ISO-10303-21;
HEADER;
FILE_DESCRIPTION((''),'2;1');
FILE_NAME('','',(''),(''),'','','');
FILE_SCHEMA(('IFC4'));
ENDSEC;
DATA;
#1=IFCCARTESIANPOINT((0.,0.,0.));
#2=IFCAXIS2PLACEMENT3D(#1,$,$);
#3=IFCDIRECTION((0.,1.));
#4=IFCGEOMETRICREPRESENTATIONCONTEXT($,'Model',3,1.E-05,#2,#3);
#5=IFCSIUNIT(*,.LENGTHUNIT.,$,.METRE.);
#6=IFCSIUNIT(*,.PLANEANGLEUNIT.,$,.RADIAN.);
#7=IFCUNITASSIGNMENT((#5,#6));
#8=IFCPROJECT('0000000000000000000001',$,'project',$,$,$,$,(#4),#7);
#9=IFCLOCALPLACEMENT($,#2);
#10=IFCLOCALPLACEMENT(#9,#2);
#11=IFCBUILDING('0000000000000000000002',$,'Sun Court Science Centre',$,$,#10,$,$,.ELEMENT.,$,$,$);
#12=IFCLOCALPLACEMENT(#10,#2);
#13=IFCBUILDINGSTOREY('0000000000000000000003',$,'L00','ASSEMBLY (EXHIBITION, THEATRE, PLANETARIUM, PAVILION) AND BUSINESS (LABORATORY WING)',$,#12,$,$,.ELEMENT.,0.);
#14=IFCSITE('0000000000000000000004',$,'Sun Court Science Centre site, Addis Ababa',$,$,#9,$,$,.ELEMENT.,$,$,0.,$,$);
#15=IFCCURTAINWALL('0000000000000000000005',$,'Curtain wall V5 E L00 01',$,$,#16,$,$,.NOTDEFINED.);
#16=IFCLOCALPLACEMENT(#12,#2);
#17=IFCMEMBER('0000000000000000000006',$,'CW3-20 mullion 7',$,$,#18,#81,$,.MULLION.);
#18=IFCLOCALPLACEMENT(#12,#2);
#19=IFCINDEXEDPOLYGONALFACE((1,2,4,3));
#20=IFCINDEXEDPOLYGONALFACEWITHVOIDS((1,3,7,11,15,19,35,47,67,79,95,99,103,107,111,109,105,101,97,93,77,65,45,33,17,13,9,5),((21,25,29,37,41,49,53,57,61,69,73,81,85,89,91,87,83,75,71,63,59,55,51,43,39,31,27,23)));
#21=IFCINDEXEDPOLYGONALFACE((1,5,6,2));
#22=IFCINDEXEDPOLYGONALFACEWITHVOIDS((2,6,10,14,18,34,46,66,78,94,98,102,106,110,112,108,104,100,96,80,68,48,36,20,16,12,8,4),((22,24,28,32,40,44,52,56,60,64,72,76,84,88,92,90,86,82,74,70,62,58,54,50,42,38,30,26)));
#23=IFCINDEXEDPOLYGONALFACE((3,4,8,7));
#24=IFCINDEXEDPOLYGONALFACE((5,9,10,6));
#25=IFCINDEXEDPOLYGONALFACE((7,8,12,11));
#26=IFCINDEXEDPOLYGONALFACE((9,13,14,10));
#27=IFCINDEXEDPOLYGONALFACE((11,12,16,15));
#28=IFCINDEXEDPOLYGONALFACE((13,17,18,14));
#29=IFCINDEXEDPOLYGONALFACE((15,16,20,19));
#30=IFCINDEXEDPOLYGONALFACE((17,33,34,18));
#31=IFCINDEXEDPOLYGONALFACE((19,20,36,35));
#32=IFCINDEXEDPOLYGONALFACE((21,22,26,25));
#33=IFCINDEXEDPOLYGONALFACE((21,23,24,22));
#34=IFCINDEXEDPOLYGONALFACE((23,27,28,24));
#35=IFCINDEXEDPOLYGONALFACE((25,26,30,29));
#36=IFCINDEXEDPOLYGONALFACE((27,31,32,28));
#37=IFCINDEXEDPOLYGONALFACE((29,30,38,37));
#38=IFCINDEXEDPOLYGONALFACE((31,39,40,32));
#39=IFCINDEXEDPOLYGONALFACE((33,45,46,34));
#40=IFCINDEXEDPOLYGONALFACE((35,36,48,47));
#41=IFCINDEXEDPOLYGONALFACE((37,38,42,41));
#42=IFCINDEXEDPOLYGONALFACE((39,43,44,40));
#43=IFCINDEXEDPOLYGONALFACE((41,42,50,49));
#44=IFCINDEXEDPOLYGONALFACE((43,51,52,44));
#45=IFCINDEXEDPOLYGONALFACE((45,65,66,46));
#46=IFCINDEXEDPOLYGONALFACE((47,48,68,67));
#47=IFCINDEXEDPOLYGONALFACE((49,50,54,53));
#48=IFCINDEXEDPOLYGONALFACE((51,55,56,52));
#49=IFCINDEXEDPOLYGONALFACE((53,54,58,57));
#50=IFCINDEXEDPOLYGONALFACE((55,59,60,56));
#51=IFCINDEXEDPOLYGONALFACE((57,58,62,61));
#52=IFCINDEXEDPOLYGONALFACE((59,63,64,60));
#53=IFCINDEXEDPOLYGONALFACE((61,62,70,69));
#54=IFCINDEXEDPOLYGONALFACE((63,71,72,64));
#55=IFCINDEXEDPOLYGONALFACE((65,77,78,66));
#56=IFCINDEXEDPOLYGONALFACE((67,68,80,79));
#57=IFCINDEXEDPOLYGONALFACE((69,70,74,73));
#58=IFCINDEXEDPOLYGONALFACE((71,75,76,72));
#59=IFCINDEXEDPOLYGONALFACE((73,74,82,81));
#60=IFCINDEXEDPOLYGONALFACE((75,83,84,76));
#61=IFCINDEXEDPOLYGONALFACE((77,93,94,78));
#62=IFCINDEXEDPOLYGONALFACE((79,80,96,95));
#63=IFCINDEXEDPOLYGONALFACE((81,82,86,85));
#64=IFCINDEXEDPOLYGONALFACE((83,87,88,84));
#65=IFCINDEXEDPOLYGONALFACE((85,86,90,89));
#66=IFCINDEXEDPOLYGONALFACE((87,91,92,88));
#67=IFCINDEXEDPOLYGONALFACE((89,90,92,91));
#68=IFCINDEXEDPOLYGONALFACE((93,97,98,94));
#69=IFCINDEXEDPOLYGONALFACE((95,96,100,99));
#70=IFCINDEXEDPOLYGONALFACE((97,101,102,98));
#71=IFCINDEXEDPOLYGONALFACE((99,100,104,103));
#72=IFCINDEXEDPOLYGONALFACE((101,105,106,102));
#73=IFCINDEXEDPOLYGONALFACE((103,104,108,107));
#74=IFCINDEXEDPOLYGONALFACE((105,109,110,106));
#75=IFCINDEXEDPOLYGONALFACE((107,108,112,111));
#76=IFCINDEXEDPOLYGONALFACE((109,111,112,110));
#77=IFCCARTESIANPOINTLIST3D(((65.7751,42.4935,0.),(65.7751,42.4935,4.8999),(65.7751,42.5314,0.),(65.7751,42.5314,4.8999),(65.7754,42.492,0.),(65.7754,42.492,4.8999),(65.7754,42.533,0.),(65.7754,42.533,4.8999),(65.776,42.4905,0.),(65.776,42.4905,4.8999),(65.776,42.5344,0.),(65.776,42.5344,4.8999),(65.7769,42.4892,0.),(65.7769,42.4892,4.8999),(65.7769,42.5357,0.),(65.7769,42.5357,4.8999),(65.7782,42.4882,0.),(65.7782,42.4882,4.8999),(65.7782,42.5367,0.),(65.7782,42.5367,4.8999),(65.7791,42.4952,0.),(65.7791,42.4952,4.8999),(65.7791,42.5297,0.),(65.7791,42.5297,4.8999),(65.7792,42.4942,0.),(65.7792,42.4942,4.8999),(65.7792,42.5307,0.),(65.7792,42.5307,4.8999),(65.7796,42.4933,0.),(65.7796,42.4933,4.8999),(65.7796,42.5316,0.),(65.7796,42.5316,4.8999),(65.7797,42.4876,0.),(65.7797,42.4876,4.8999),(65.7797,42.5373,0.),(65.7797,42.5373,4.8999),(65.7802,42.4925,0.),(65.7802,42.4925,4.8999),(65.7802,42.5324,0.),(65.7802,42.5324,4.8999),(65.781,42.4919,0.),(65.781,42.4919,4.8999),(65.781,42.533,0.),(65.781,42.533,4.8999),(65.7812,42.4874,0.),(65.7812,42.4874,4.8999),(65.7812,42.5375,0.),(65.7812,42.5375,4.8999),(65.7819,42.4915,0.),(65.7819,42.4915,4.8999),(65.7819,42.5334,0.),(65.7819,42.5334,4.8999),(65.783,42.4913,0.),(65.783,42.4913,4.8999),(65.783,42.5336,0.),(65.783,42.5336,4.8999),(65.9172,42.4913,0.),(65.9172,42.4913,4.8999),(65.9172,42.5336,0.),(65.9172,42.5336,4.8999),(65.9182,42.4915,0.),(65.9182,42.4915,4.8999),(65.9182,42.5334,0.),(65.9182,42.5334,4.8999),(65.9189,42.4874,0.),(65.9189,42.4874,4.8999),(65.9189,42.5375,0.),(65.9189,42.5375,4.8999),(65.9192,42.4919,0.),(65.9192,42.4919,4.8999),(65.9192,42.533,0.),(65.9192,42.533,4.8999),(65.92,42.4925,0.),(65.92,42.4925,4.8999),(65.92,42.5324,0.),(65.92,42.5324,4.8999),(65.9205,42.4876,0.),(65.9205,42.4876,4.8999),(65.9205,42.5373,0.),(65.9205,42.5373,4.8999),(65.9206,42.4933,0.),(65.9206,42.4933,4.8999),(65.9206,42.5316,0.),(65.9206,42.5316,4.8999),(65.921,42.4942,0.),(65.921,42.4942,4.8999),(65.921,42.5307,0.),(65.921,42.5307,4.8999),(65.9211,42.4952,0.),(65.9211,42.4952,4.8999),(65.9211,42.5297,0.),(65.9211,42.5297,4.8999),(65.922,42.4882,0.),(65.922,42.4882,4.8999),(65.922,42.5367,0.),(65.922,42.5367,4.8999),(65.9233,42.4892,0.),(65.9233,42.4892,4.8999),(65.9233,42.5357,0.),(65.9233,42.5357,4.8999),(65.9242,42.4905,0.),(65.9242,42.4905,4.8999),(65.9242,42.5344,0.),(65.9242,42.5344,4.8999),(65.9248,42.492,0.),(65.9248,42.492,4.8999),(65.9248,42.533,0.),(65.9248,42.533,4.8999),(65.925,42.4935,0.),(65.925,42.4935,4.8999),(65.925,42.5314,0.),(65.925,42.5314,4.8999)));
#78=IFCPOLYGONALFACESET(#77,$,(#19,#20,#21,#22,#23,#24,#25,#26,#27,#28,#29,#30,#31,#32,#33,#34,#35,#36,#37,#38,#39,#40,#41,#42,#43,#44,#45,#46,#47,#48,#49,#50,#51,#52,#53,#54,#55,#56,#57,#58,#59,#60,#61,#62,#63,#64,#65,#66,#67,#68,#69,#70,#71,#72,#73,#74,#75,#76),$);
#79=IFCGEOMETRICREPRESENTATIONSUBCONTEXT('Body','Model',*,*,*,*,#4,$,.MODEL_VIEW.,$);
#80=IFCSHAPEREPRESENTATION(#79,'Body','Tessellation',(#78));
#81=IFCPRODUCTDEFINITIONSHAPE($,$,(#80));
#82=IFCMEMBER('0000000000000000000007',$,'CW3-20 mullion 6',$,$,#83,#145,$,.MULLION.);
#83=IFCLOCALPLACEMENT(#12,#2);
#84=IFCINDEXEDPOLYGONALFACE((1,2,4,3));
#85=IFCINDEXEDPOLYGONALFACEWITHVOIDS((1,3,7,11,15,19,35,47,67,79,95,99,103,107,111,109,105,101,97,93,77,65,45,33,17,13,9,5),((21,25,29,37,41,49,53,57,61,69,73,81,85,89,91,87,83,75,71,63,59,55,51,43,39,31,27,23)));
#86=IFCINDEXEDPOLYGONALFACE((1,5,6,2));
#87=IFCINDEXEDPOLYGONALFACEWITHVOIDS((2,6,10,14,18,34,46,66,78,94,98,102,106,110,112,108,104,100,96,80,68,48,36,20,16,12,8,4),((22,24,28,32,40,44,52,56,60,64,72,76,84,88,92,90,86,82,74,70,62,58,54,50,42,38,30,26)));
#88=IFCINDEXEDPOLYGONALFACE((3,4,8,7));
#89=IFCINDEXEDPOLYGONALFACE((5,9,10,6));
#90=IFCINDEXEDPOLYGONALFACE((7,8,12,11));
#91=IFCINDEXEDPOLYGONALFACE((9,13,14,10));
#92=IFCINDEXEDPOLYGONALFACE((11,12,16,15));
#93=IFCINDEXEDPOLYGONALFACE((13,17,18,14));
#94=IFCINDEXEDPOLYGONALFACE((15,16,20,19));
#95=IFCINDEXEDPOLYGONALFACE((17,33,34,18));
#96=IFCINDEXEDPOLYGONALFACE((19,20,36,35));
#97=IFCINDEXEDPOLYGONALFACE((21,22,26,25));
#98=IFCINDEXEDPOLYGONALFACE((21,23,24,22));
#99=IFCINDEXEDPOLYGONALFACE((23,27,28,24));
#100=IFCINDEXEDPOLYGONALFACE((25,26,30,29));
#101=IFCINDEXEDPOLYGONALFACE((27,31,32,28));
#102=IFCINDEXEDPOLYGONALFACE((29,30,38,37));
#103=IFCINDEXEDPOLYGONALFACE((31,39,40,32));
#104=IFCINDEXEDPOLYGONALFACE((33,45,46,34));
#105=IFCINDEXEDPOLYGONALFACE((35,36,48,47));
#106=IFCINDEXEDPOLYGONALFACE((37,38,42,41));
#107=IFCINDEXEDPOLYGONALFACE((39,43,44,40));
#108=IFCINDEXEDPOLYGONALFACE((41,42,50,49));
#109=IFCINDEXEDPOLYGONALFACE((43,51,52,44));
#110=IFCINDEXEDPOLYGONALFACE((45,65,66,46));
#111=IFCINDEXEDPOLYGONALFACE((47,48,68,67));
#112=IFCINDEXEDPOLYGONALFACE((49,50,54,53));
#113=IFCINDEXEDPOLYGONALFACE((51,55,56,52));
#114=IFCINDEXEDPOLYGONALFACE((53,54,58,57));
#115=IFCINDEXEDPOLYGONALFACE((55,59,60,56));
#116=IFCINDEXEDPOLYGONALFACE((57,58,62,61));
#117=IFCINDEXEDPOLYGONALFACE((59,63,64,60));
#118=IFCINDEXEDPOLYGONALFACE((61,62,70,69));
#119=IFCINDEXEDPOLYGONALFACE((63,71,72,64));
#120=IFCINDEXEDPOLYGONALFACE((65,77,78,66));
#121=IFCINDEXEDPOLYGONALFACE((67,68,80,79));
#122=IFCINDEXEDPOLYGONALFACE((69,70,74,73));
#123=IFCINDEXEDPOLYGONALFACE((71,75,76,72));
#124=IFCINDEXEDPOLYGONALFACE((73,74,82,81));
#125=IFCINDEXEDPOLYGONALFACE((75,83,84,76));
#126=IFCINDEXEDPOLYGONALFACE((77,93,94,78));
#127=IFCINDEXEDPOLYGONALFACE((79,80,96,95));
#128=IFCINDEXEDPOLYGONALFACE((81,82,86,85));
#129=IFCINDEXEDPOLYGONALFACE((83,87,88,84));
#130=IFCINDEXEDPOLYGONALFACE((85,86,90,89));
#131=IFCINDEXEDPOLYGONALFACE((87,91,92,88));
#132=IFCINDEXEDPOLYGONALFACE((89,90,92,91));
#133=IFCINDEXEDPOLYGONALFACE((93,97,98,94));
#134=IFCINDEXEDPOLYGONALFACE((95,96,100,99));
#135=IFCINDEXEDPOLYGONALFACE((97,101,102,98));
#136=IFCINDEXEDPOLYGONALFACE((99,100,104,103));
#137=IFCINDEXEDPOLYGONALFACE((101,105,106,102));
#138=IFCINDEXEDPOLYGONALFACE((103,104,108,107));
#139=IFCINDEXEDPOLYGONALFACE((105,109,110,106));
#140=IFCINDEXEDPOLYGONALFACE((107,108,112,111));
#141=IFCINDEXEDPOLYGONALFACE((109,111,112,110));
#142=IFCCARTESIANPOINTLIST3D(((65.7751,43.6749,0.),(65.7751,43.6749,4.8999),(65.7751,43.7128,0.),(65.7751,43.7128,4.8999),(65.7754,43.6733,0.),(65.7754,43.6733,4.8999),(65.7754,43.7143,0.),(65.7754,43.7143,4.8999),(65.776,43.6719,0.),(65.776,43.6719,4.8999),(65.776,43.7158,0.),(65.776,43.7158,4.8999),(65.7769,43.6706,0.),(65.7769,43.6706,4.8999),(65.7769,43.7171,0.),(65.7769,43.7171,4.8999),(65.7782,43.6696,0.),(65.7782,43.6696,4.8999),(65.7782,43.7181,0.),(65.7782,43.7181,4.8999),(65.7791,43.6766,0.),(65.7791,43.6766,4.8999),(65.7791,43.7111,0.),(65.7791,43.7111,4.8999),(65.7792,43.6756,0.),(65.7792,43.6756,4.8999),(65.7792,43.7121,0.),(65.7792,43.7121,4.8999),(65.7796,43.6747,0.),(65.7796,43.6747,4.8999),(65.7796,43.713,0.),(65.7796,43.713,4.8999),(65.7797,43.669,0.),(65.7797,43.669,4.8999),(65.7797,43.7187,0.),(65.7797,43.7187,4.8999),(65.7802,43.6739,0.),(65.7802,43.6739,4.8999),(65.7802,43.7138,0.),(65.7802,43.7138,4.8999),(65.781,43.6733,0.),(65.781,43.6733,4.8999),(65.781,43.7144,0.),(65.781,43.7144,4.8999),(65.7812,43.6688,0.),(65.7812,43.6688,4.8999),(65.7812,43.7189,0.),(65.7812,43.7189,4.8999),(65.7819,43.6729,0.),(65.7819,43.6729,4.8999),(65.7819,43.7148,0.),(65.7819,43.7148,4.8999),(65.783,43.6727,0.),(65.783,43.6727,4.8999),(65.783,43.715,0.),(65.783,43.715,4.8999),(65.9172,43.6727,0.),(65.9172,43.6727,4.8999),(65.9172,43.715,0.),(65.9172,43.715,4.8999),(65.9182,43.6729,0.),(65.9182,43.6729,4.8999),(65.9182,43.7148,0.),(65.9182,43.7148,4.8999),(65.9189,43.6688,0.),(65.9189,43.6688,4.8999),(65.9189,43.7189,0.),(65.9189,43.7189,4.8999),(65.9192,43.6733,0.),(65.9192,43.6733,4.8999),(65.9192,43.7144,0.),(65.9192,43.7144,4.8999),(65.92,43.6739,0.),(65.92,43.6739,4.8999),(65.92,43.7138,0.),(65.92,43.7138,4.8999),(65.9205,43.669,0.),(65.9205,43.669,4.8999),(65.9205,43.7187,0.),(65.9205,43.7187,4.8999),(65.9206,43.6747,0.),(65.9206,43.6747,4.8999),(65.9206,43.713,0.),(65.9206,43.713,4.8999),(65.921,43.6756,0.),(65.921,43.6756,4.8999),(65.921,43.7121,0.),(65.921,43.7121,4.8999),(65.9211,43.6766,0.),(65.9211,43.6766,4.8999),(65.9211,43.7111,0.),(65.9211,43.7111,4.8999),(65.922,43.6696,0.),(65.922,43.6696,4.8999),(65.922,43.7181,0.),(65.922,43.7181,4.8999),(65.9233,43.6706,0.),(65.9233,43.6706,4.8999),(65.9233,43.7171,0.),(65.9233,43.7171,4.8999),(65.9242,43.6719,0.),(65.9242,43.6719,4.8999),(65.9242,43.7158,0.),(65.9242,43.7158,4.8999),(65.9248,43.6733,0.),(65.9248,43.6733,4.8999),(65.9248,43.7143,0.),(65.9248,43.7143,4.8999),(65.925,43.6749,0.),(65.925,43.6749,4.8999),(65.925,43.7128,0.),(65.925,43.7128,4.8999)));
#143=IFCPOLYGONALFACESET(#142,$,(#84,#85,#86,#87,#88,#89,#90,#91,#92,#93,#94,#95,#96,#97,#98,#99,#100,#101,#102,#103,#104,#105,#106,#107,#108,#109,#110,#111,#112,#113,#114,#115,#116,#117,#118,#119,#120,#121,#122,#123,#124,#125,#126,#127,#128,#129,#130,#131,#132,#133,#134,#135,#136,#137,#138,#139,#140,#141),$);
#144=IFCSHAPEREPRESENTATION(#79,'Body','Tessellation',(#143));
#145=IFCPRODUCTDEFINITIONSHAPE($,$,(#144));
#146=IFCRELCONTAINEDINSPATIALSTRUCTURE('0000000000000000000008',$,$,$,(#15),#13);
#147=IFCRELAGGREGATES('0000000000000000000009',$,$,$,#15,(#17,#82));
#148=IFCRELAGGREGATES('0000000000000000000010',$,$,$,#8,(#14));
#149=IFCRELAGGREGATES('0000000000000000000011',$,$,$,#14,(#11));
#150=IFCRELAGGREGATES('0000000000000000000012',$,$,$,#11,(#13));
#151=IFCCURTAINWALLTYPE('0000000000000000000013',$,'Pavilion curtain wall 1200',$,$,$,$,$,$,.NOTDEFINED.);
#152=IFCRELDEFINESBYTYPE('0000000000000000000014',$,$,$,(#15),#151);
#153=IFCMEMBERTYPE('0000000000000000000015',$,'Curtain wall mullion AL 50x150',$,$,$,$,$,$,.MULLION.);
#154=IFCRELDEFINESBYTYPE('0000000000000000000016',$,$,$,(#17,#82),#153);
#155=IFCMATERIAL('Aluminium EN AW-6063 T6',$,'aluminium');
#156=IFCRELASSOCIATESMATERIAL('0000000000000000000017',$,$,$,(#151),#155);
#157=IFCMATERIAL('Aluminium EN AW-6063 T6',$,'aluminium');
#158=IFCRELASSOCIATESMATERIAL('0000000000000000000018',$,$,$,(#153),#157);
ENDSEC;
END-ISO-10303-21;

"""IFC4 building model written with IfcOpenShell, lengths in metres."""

from ifc_helpers import new_model, si_unit, direction, frame, origin, origin_2d, place, context, subcontext, project, spatial, hollow_rectangle, extrude, material, material_profile, profile_set, type_object, element, aggregate, save


model = new_model("IFC4")

# Units and contexts
model_context = context("Model", 3, precision=1e-05, world=origin(), true_north=direction((0.0, 1.0)))
body_context = subcontext(model_context, "Body", "Model", "MODEL_VIEW")
ifc_project = project(units=[si_unit("LENGTHUNIT", "METRE"), si_unit("PLANEANGLEUNIT", "RADIAN")], contexts=[model_context])

# Site, building, storey
site_placement = place(None, origin())
site = spatial("IfcSite", under=ifc_project, at=site_placement, Name="Sun Court Science Centre site, Addis Ababa", CompositionType="ELEMENT", RefElevation=0.0)
building_placement = place(site_placement, origin())
building = spatial("IfcBuilding", under=site, at=building_placement, Name="Sun Court Science Centre", CompositionType="ELEMENT")
storey_placement = place(building_placement, origin())
storey = spatial("IfcBuildingStorey", under=building, at=storey_placement, Name="L00", Description="ASSEMBLY (EXHIBITION, THEATRE, PLANETARIUM, PAVILION) AND BUSINESS (LABORATORY WING)", CompositionType="ELEMENT", Elevation=0.0)

# Curtain wall, members
ifc_material_1 = material(Name="Aluminium EN AW-6063 T6", Category="aluminium")
curtain_wall_type = type_object("IfcCurtainWallType", Name="Pavilion curtain wall 1200", PredefinedType="NOTDEFINED", material=ifc_material_1)
curtain_wall_placement = place(storey_placement, origin())
curtain_wall = element("IfcCurtainWall", 1, at=curtain_wall_placement, inside=storey, type_object=curtain_wall_type, Name="Curtain wall V5 E L00 01", PredefinedType="NOTDEFINED")
ifc_material_2 = material(Name="Aluminium EN AW-6063 T6", Category="aluminium")
ifc_material_profile_1 = material_profile(ifc_material_2, hollow_rectangle(XDim=0.05, YDim=0.1499, WallThickness=0.0039, InnerFilletRadius=0.0039, OuterFilletRadius=0.0061, at=origin_2d()), Name="AL 50x150x4")
ifc_profile_set_1 = profile_set([ifc_material_profile_1], Name="Aluminium EN AW-6063 T6")
member_type_1 = type_object("IfcMemberType", Name="Curtain wall mullion AL 50x150", PredefinedType="MULLION", material=ifc_profile_set_1)
member_1_placement = place(storey_placement, frame((65.8501, 42.5125, 0.0), z_axis=(0.0, 0.0, 1.0), x_axis=(0.0, -1.0, 0.0)))
member_1 = element("IfcMember", 2, at=member_1_placement, type_object=member_type_1, Name="CW3-20 mullion 7", PredefinedType="MULLION", context=body_context, shape_type="SweptSolid", body=[
    extrude(hollow_rectangle(XDim=0.05, YDim=0.1499, WallThickness=0.0039, InnerFilletRadius=0.0039, OuterFilletRadius=0.0061, at=origin_2d()), origin(), (0.0, 0.0, 1.0), 4.8999),
])
member_2_placement = place(storey_placement, frame((65.8501, 43.6938, 0.0), z_axis=(0.0, 0.0, 1.0), x_axis=(0.0, -1.0, 0.0)))
member_2 = element("IfcMember", 3, at=member_2_placement, type_object=member_type_1, Name="CW3-20 mullion 6", PredefinedType="MULLION", context=body_context, shape_type="SweptSolid", body=[
    extrude(hollow_rectangle(XDim=0.05, YDim=0.1499, WallThickness=0.0039, InnerFilletRadius=0.0039, OuterFilletRadius=0.0061, at=origin_2d()), origin(), (0.0, 0.0, 1.0), 4.8999),
])
aggregate(curtain_wall, [member_1, member_2])

save(model, "model.ifc")
